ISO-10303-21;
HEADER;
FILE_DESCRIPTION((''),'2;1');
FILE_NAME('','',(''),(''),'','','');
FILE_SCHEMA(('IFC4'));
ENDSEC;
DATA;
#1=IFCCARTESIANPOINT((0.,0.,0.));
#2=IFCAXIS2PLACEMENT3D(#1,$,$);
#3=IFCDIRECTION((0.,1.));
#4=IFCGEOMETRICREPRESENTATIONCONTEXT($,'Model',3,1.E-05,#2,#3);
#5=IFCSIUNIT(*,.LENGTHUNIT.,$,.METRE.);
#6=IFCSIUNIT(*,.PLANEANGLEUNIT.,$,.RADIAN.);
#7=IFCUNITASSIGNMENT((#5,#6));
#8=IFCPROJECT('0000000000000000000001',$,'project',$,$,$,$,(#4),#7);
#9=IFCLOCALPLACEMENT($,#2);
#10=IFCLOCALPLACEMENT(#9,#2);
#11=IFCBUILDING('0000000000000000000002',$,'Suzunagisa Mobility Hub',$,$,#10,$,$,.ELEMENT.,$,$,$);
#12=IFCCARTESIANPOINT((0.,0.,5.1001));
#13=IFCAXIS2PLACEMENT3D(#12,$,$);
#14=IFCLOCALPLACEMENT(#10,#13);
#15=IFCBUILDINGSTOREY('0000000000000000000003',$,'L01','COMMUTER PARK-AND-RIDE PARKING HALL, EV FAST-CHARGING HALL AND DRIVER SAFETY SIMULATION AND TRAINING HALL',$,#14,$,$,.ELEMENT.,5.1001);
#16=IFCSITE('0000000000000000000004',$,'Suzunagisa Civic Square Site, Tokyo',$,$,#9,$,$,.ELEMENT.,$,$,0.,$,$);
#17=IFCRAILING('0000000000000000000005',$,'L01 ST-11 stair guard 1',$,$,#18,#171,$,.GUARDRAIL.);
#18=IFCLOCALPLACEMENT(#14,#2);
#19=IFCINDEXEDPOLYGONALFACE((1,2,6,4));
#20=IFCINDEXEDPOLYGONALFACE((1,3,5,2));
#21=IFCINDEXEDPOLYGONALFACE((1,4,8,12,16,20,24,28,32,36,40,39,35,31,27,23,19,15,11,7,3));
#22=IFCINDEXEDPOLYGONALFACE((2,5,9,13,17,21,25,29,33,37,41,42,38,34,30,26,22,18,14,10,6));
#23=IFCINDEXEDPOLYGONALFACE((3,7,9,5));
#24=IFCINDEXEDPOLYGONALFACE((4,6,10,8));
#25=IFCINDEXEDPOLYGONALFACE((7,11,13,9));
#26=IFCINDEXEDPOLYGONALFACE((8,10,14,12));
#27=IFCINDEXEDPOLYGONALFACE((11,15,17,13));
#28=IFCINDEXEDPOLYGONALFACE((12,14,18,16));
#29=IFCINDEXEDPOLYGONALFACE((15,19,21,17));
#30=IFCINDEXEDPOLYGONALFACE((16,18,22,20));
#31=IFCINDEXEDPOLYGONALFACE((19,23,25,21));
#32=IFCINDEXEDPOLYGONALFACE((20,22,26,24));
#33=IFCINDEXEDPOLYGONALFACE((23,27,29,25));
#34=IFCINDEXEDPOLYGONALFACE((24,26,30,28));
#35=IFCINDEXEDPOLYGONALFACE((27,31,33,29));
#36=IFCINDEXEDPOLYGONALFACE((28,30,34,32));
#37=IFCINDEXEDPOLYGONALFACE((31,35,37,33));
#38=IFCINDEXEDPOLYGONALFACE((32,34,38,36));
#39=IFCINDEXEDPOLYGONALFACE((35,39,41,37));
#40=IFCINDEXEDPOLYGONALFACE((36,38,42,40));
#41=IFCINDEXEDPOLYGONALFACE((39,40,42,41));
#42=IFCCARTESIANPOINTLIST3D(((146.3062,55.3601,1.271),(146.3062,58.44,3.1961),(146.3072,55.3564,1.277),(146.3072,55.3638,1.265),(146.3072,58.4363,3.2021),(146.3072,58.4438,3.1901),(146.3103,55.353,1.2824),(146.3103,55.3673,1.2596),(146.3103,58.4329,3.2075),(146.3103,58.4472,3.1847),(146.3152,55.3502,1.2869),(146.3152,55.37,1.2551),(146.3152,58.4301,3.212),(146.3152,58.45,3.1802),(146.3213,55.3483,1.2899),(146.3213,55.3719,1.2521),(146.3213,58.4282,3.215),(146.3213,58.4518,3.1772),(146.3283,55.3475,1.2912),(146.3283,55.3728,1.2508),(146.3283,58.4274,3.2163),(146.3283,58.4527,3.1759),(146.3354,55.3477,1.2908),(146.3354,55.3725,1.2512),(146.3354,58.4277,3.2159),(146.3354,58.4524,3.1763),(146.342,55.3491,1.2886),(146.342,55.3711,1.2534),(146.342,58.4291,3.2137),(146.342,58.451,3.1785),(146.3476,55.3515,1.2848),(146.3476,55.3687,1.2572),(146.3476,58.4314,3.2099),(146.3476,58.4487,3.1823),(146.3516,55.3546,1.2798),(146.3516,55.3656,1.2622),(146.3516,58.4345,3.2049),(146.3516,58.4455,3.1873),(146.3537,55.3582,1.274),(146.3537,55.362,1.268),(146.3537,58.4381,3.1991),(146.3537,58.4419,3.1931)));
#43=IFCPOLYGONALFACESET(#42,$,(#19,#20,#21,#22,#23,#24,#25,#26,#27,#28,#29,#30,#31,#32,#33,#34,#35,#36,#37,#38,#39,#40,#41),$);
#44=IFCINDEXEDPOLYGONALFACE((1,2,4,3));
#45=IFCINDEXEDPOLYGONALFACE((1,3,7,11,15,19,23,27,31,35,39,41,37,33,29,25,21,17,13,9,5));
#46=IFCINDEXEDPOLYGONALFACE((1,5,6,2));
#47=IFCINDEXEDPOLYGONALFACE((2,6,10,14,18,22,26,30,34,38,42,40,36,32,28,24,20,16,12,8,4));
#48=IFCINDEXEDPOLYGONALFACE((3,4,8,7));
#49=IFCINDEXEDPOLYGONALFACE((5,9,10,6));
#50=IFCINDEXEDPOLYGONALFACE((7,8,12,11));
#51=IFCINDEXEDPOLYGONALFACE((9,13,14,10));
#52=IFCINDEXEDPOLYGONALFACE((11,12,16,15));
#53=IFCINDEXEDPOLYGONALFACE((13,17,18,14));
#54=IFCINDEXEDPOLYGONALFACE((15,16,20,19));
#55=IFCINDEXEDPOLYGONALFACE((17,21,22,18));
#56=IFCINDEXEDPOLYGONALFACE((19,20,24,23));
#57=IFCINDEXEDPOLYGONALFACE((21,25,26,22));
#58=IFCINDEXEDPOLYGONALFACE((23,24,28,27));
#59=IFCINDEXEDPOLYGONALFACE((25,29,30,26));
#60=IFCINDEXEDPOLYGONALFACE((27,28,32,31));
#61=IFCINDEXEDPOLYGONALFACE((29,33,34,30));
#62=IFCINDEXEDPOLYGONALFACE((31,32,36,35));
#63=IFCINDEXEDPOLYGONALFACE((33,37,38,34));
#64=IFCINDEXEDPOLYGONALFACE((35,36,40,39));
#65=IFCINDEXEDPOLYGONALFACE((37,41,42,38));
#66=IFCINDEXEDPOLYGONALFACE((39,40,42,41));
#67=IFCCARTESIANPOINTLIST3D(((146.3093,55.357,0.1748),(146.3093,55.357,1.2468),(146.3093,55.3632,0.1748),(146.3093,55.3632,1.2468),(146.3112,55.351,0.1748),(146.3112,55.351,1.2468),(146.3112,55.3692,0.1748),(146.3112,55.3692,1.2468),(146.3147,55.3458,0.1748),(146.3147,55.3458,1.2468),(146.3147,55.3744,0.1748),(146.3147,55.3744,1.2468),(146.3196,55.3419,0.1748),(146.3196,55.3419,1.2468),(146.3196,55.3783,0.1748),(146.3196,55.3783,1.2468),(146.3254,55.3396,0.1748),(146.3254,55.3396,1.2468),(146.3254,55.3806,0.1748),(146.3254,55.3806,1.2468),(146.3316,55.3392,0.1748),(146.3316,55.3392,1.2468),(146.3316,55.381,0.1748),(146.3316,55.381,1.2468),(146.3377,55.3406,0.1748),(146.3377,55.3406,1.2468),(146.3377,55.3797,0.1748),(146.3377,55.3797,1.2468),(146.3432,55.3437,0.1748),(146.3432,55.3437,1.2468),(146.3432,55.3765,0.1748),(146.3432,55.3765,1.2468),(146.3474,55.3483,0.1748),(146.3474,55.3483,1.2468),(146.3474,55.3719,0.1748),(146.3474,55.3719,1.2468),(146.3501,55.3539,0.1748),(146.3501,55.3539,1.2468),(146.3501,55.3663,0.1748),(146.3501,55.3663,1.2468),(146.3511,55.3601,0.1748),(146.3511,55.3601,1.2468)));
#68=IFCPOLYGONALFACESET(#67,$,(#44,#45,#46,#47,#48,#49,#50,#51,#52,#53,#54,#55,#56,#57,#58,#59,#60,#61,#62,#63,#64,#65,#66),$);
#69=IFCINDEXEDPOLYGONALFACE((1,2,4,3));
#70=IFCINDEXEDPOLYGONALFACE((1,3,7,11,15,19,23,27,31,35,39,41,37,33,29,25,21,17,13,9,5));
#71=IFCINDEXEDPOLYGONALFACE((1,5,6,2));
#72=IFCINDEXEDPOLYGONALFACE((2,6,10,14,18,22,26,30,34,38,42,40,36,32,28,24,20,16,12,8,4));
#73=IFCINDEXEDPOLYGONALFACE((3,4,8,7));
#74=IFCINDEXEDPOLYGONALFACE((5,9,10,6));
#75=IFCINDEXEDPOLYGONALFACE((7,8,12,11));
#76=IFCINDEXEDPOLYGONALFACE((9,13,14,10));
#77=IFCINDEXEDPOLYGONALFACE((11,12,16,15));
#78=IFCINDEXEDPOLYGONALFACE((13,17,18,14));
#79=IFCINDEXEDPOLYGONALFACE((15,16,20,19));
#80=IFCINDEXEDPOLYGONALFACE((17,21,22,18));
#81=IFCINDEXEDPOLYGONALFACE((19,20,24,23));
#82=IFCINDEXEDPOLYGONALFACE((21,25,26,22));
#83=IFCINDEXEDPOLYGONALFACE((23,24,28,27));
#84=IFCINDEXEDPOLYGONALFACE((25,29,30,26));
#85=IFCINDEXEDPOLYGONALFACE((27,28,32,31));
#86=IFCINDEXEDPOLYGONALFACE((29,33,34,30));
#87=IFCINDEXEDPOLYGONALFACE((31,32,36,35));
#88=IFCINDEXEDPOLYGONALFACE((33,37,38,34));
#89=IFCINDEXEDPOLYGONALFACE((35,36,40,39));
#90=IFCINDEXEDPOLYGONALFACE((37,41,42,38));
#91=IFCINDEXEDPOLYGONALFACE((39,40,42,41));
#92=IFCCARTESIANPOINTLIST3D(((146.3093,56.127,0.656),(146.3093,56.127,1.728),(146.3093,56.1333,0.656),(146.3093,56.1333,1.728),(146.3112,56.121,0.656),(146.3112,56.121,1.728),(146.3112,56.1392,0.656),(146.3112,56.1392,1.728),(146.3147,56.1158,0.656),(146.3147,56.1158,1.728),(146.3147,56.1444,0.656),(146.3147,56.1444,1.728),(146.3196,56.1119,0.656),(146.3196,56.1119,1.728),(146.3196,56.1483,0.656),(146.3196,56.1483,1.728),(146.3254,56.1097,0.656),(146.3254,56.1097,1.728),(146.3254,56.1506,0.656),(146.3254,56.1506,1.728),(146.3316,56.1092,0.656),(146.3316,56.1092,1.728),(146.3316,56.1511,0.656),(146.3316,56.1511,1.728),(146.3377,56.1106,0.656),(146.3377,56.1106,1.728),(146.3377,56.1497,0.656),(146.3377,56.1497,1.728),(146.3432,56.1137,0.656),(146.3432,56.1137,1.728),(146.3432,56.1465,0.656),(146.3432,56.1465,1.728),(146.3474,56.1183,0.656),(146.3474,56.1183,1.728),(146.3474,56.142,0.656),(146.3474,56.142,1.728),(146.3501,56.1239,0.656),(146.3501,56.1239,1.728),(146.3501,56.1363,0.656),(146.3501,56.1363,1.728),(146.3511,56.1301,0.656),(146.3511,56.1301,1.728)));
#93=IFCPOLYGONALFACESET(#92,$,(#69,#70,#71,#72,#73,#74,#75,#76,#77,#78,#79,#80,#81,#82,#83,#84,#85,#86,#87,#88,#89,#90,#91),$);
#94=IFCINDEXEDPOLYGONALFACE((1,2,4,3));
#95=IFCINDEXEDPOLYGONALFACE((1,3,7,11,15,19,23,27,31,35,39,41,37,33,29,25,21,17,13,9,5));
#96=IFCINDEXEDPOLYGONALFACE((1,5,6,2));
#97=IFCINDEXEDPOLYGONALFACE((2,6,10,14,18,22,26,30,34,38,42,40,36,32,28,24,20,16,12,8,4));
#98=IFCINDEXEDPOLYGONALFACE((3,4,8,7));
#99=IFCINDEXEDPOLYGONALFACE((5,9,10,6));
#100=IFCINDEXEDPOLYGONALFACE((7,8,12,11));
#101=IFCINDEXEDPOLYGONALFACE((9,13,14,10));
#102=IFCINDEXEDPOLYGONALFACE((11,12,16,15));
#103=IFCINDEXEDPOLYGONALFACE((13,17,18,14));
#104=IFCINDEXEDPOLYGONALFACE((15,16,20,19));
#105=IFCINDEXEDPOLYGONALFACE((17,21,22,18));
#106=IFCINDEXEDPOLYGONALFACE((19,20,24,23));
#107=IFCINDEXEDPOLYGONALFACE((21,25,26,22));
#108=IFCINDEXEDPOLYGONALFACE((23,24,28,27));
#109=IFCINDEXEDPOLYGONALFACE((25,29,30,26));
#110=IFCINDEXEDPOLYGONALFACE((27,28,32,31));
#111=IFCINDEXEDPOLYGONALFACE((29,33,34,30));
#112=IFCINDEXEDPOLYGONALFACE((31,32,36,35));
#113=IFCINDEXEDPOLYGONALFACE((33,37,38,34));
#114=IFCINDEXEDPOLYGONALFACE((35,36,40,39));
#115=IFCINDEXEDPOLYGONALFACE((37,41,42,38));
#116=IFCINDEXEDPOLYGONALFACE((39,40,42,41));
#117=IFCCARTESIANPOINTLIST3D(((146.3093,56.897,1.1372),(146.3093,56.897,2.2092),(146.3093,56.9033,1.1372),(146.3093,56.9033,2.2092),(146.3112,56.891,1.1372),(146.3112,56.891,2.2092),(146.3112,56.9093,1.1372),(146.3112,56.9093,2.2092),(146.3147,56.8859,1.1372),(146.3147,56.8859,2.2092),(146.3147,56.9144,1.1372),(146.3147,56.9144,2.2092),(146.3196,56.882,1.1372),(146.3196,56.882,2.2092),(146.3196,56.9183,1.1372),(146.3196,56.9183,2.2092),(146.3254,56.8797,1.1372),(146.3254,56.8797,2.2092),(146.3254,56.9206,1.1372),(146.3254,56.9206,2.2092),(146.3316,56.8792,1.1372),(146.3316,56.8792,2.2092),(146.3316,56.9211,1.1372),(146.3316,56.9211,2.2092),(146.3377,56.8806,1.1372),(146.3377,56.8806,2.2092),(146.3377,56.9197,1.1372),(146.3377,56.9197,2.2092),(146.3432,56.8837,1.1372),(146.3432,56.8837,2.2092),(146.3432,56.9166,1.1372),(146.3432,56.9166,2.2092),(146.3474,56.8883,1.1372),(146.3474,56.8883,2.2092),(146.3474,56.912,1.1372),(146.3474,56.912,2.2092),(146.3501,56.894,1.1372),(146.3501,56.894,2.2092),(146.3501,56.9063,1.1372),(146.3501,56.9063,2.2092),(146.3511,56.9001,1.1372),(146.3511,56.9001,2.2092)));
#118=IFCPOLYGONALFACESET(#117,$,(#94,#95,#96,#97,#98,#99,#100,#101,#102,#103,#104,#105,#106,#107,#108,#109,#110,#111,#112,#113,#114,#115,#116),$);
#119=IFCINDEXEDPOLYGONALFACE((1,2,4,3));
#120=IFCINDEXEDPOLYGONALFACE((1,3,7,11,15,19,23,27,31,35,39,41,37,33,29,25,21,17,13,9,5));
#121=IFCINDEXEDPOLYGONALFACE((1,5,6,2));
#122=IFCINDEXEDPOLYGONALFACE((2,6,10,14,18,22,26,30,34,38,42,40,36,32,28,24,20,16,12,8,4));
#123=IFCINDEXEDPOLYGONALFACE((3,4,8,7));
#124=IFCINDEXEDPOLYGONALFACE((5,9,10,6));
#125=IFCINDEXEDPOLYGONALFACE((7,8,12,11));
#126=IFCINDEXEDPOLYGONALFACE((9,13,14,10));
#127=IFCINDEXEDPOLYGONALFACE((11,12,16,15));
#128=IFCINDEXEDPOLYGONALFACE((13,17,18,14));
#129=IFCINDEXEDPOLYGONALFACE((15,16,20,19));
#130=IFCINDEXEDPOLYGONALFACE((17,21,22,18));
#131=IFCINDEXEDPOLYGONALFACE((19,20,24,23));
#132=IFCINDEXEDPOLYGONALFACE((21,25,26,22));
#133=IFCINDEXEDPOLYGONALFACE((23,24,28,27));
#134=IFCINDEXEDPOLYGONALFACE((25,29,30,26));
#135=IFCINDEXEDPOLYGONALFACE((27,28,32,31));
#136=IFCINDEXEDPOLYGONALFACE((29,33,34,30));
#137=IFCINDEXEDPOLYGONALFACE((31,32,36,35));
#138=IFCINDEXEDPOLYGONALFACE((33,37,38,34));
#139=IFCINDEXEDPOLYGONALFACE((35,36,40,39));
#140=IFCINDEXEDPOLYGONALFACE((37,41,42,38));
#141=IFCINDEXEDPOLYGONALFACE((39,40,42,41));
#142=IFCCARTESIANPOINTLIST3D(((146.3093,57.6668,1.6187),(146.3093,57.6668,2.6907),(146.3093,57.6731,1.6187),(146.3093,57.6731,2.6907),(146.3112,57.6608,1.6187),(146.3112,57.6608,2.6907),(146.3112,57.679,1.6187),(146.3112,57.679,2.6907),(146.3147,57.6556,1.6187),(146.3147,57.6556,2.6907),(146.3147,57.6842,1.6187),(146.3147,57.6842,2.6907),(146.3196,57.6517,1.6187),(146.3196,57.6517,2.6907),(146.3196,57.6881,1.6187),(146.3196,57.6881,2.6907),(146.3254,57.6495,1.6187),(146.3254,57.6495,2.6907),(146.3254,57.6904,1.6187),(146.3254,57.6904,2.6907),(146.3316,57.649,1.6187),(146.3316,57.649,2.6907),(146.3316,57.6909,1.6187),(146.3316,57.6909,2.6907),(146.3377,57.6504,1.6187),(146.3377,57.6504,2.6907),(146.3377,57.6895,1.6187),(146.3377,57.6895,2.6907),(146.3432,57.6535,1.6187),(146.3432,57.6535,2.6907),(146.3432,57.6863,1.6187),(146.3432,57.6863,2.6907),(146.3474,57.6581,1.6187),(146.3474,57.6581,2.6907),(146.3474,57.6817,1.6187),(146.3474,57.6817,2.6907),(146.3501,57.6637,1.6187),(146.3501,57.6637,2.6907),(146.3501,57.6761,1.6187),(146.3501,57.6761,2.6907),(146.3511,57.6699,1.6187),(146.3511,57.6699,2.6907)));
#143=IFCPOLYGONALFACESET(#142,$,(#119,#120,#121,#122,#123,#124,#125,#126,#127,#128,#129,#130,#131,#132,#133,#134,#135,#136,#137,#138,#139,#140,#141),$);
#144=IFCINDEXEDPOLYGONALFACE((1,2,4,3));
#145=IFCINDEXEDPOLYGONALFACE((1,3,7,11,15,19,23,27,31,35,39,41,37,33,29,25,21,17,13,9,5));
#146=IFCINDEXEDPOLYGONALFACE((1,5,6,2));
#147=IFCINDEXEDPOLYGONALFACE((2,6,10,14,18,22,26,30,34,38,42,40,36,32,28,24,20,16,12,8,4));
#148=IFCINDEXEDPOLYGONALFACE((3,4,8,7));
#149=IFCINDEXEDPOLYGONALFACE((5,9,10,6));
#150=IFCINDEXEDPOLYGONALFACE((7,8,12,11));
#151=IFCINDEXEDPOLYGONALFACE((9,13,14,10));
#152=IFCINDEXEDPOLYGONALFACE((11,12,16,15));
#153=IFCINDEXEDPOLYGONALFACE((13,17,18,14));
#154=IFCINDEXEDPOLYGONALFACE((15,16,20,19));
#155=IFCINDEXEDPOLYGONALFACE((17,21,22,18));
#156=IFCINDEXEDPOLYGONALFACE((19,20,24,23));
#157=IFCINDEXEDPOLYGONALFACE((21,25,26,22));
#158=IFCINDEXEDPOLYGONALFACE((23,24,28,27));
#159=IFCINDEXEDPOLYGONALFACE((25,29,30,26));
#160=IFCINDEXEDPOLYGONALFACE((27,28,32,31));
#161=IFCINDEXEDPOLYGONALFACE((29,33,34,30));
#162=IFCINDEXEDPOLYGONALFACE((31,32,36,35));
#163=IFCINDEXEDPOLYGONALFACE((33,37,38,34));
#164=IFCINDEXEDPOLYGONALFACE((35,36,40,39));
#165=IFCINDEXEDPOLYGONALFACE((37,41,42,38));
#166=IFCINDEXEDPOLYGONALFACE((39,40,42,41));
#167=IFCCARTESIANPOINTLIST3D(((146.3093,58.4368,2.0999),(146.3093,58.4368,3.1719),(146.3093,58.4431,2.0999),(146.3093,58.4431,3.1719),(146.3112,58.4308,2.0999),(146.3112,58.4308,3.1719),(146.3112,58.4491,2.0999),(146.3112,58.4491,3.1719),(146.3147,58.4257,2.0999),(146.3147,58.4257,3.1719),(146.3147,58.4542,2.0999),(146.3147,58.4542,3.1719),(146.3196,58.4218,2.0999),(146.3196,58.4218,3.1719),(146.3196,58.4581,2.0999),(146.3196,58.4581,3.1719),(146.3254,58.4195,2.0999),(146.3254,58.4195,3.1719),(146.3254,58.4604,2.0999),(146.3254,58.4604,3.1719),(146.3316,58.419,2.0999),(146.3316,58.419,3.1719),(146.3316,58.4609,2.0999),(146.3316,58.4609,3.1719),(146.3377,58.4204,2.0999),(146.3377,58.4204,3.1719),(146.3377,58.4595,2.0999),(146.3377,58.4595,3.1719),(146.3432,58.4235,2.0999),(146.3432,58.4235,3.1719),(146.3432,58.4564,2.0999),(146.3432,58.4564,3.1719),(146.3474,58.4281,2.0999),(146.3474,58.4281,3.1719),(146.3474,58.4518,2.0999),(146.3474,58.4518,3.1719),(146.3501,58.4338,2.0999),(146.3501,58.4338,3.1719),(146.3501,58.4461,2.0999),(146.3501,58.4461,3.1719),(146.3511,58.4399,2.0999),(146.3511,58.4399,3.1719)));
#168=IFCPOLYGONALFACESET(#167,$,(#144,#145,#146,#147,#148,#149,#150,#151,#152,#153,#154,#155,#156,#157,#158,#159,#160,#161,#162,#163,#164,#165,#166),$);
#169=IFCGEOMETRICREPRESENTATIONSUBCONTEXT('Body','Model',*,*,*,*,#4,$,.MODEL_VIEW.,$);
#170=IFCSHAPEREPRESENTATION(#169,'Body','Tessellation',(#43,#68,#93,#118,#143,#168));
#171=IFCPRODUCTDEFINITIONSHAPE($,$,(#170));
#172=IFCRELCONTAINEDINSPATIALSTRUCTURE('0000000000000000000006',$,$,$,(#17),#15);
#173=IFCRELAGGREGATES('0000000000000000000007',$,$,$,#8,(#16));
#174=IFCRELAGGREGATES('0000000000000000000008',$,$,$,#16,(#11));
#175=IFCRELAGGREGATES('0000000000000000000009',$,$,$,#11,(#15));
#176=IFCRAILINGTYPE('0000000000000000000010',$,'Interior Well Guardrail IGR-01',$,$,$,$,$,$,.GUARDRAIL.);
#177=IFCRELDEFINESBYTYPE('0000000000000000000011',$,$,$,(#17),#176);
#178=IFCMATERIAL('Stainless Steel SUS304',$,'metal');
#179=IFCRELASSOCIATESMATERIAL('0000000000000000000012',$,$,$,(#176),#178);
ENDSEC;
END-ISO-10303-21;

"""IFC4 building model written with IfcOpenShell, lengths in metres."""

from ifc_helpers import new_model, si_unit, direction, frame, origin, origin_2d, place, context, subcontext, project, spatial, circle, extrude, material, type_object, element, save


model = new_model("IFC4")

# Units and contexts
model_context = context("Model", 3, precision=1e-05, world=origin(), true_north=direction((0.0, 1.0)))
body_context = subcontext(model_context, "Body", "Model", "MODEL_VIEW")
ifc_project = project(units=[si_unit("LENGTHUNIT", "METRE"), si_unit("PLANEANGLEUNIT", "RADIAN")], contexts=[model_context])

# Site, building, storey
site_placement = place(None, origin())
site = spatial("IfcSite", under=ifc_project, at=site_placement, Name="Suzunagisa Civic Square Site, Tokyo", CompositionType="ELEMENT", RefElevation=0.0)
building_placement = place(site_placement, origin())
building = spatial("IfcBuilding", under=site, at=building_placement, Name="Suzunagisa Mobility Hub", CompositionType="ELEMENT")
storey_placement = place(building_placement, frame((0.0, 0.0, 5.1001)))
storey = spatial("IfcBuildingStorey", under=building, at=storey_placement, Name="L01", Description="COMMUTER PARK-AND-RIDE PARKING HALL, EV FAST-CHARGING HALL AND DRIVER SAFETY SIMULATION AND TRAINING HALL", CompositionType="ELEMENT", Elevation=5.1001)

# Railing
ifc_material_1 = material(Name="Stainless Steel SUS304", Category="metal")
railing_type_1 = type_object("IfcRailingType", Name="Interior Well Guardrail IGR-01", PredefinedType="GUARDRAIL", material=ifc_material_1)
railing_1_placement = place(storey_placement, frame((146.3301, 55.3601, 0.1748)))
element("IfcRailing", 1, at=railing_1_placement, inside=storey, type_object=railing_type_1, Name="L01 ST-11 stair guard 1", PredefinedType="GUARDRAIL", context=body_context, shape_type="SweptSolid", body=[
    extrude(circle(Radius=0.0239, at=origin_2d()), frame((0.0, 0.0, 1.0962), z_axis=(0.0, 0.847979, 0.530029), x_axis=(-1.0, 0.0, 0.0)), (0.0, 0.0, 1.0), 3.6321),
    extrude(circle(Radius=0.021, at=origin_2d()), origin(), (0.0, 0.0, 1.0), 1.072),
    extrude(circle(Radius=0.021, at=origin_2d()), frame((0.0, 0.77, 0.4812)), (0.0, 0.0, 1.0), 1.072),
    extrude(circle(Radius=0.021, at=origin_2d()), frame((0.0, 1.54, 0.9624)), (0.0, 0.0, 1.0), 1.072),
    extrude(circle(Radius=0.021, at=origin_2d()), frame((0.0, 2.3098, 1.4438)), (0.0, 0.0, 1.0), 1.072),
    extrude(circle(Radius=0.021, at=origin_2d()), frame((0.0, 3.0798, 1.925)), (0.0, 0.0, 1.0), 1.072),
])

save(model, "model.ifc")
